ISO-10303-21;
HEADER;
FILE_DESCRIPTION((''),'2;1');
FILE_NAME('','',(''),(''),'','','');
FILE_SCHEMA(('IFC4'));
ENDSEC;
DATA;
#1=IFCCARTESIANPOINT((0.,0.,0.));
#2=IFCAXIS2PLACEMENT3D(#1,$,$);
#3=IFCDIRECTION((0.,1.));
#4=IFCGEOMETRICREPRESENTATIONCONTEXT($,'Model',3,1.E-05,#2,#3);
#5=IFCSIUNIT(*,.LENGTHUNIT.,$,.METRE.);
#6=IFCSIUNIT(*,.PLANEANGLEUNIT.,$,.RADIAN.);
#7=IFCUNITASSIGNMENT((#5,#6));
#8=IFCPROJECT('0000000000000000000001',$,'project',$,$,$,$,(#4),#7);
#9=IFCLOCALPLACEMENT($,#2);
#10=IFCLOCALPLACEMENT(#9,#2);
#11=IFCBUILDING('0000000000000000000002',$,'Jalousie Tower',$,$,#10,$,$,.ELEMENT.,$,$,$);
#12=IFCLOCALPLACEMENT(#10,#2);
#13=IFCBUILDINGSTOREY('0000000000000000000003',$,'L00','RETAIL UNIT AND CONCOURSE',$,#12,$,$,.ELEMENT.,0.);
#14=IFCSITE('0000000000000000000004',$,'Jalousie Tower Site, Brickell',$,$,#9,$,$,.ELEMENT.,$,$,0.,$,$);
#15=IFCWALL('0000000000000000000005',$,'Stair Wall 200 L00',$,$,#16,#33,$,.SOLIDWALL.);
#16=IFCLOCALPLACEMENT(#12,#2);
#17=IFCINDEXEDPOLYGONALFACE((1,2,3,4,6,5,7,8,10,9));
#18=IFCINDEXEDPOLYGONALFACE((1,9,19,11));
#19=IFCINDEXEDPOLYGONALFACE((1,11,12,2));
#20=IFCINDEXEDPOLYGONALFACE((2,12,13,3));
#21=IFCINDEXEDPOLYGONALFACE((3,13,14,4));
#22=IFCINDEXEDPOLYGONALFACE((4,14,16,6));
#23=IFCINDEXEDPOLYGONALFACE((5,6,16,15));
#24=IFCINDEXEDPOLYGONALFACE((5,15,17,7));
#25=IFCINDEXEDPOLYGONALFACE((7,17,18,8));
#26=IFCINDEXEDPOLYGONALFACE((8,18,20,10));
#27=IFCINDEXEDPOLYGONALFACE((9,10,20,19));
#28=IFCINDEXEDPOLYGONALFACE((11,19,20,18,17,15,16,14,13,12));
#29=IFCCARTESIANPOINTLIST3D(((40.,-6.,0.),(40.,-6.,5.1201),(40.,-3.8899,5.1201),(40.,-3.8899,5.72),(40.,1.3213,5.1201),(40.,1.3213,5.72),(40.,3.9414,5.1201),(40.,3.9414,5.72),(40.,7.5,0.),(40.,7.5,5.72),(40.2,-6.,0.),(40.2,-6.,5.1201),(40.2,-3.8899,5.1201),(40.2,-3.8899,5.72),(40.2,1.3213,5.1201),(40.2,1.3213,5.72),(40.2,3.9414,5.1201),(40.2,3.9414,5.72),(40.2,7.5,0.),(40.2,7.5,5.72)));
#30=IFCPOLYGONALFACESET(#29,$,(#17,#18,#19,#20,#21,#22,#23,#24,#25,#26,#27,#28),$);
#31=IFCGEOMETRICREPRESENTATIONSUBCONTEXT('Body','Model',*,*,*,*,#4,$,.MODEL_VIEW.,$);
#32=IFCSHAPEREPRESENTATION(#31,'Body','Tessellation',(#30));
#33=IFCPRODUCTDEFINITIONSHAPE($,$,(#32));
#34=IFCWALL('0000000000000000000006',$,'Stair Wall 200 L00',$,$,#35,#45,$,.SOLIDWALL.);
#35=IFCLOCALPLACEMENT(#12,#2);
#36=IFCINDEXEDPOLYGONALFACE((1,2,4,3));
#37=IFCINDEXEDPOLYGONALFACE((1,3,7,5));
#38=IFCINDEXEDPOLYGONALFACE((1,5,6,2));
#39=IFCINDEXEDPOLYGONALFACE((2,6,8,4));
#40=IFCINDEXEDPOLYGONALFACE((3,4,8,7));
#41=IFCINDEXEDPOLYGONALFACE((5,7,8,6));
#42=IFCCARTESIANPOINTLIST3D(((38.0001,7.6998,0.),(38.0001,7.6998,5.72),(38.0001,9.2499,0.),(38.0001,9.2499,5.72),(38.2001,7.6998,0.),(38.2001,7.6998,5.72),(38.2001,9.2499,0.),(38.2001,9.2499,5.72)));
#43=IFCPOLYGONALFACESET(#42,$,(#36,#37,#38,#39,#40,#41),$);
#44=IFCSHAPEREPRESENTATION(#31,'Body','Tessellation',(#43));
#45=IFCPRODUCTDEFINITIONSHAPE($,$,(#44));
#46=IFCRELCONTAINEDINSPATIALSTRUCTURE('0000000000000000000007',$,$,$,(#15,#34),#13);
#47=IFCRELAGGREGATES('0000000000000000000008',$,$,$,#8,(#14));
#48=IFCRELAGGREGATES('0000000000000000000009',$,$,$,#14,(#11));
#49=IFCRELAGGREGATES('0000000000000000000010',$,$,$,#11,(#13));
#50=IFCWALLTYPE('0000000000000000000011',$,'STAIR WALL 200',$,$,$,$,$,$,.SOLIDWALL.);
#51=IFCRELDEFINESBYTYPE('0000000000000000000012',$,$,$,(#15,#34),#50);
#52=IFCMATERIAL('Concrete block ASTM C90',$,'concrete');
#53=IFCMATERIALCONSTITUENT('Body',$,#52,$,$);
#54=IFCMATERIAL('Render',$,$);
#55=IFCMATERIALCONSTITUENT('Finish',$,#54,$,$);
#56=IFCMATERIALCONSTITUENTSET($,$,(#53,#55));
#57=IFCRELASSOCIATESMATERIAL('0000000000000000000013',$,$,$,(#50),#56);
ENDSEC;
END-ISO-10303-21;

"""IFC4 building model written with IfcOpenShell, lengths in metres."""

from ifc_helpers import new_model, si_unit, direction, frame, frame_2d, origin, place, context, subcontext, project, spatial, polyline, rectangle, outline, extrude, material, constituent, constituent_set, type_object, element, save


model = new_model("IFC4")

# Units and contexts
model_context = context("Model", 3, precision=1e-05, world=origin(), true_north=direction((0.0, 1.0)))
body_context = subcontext(model_context, "Body", "Model", "MODEL_VIEW")
ifc_project = project(units=[si_unit("LENGTHUNIT", "METRE"), si_unit("PLANEANGLEUNIT", "RADIAN")], contexts=[model_context])

# Site, building, storey
site_placement = place(None, origin())
site = spatial("IfcSite", under=ifc_project, at=site_placement, Name="Jalousie Tower Site, Brickell", CompositionType="ELEMENT", RefElevation=0.0)
building_placement = place(site_placement, origin())
building = spatial("IfcBuilding", under=site, at=building_placement, Name="Jalousie Tower", CompositionType="ELEMENT")
storey_placement = place(building_placement, origin())
storey = spatial("IfcBuildingStorey", under=building, at=storey_placement, Name="L00", Description="RETAIL UNIT AND CONCOURSE", CompositionType="ELEMENT", Elevation=0.0)

# Walls
ifc_material_1 = material(Name="Concrete block ASTM C90", Category="concrete")
ifc_constituent_1 = constituent(ifc_material_1, Name="Body")
ifc_material_2 = material(Name="Render")
ifc_constituent_2 = constituent(ifc_material_2, Name="Finish")
ifc_constituent_set_1 = constituent_set(constituents=[ifc_constituent_1, ifc_constituent_2])
wall_type_1 = type_object("IfcWallType", Name="STAIR WALL 200", PredefinedType="SOLIDWALL", material=ifc_constituent_set_1)
wall_1_placement = place(storey_placement, frame((40.1001, -6.0, 0.0), z_axis=(0.0, 0.0, 1.0), x_axis=(0.0, 1.0, 0.0)))
element("IfcWall", 1, at=wall_1_placement, inside=storey, type_object=wall_type_1, Name="Stair Wall 200 L00", PredefinedType="SOLIDWALL", context=body_context, shape_type="SweptSolid", body=[
    extrude(outline(polyline([(0.0, 0.0), (13.5, 0.0), (13.5, 5.72), (9.9414, 5.72), (9.9414, 5.1201), (7.3213, 5.1201), (7.3213, 5.72), (2.1101, 5.72), (2.1101, 5.1201), (0.0, 5.1201), (0.0, 5.72), (0.0, 0.0)])), frame((0.0, 0.1001, 0.0), z_axis=(0.0, -1.0, 0.0), x_axis=(1.0, 0.0, 0.0)), (0.0, 0.0, 1.0), 0.2),
])
wall_2_placement = place(storey_placement, frame((38.1001, 7.7, 0.0), z_axis=(0.0, 0.0, 1.0), x_axis=(0.0, 1.0, 0.0)))
element("IfcWall", 2, at=wall_2_placement, inside=storey, type_object=wall_type_1, Name="Stair Wall 200 L00", PredefinedType="SOLIDWALL", context=body_context, shape_type="SweptSolid", body=[
    extrude(rectangle(XDim=1.55, YDim=0.2, at=frame_2d((0.7749, 0.0))), origin(), (0.0, 0.0, 1.0), 5.72),
])

save(model, "model.ifc")
